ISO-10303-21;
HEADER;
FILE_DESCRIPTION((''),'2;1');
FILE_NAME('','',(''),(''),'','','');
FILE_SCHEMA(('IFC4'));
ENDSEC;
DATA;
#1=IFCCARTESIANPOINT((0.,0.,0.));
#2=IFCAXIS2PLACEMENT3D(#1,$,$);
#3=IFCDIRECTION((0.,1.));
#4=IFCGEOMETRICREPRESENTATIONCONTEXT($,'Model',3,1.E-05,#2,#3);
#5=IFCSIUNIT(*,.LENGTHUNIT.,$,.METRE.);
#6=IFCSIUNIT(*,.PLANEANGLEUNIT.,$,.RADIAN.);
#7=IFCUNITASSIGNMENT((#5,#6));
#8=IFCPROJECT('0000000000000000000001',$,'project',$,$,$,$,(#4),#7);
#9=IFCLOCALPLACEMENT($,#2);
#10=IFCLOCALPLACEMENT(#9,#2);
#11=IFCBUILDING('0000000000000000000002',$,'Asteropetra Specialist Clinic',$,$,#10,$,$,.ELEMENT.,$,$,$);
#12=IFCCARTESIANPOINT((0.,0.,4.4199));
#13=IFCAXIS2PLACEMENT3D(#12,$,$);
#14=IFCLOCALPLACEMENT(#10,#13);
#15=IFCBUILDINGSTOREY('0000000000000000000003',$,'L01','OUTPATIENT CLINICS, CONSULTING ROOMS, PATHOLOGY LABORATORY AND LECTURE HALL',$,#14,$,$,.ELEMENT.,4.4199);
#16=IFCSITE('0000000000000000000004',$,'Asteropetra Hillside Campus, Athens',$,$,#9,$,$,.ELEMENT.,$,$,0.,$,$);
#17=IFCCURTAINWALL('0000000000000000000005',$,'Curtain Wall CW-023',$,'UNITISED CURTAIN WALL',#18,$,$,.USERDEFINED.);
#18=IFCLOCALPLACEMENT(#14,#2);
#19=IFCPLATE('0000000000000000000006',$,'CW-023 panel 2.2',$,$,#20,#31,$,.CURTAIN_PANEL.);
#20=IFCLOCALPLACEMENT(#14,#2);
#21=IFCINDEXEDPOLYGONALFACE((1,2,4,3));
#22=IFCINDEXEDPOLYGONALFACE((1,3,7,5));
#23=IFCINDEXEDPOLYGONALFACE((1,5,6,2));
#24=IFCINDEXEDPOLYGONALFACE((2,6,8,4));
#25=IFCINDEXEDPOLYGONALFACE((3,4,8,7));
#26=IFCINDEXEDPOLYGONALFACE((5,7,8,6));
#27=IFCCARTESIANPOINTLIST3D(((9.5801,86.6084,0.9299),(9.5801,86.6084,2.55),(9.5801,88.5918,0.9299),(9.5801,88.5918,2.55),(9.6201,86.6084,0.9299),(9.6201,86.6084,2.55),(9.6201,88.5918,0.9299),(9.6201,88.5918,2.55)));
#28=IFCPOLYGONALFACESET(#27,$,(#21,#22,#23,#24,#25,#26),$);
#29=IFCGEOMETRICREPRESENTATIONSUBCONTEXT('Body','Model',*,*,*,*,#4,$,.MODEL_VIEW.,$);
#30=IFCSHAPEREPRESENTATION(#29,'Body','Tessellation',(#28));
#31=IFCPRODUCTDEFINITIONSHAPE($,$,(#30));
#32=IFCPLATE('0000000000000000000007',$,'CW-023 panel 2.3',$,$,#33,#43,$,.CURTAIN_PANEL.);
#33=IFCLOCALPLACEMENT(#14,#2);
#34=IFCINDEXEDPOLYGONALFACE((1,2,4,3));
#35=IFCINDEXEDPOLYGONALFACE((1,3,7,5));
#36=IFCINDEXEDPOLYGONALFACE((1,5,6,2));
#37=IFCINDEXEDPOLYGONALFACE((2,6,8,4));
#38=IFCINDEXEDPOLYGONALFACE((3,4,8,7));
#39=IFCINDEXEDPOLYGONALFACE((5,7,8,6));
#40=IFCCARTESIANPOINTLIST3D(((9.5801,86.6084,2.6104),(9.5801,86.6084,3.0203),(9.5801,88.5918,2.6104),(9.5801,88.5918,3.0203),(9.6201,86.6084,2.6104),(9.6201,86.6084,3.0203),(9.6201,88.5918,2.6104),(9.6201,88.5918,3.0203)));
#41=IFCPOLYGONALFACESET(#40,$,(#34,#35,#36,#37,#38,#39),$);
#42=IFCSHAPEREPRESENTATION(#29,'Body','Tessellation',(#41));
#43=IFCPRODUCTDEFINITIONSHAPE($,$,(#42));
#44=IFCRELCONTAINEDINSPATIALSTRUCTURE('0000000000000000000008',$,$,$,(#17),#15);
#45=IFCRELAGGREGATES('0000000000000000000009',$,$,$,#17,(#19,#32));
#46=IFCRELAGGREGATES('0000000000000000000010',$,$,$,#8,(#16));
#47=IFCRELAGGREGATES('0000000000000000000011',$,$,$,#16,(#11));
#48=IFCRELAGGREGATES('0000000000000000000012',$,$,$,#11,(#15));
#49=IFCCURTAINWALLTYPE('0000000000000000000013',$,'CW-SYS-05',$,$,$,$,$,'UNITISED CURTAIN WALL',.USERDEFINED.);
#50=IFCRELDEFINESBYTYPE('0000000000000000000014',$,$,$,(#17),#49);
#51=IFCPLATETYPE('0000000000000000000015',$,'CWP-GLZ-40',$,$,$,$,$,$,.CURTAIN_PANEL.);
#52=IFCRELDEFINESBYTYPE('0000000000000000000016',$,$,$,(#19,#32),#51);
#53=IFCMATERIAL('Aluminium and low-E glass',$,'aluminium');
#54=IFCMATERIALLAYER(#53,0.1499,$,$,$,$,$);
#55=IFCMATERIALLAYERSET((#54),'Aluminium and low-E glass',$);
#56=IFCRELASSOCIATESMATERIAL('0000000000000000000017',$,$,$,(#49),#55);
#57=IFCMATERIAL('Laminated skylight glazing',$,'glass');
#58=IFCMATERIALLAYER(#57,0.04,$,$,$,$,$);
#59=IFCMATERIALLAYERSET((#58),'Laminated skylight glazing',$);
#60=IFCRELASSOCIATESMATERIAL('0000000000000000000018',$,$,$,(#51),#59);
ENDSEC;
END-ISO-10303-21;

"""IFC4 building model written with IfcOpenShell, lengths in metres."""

from ifc_helpers import new_model, si_unit, direction, frame, origin, origin_2d, place, context, subcontext, project, spatial, rectangle, extrude, material, layer, layer_set, type_object, element, aggregate, save


model = new_model("IFC4")

# Units and contexts
model_context = context("Model", 3, precision=1e-05, world=origin(), true_north=direction((0.0, 1.0)))
body_context = subcontext(model_context, "Body", "Model", "MODEL_VIEW")
ifc_project = project(units=[si_unit("LENGTHUNIT", "METRE"), si_unit("PLANEANGLEUNIT", "RADIAN")], contexts=[model_context])

# Site, building, storey
site_placement = place(None, origin())
site = spatial("IfcSite", under=ifc_project, at=site_placement, Name="Asteropetra Hillside Campus, Athens", CompositionType="ELEMENT", RefElevation=0.0)
building_placement = place(site_placement, origin())
building = spatial("IfcBuilding", under=site, at=building_placement, Name="Asteropetra Specialist Clinic", CompositionType="ELEMENT")
storey_placement = place(building_placement, frame((0.0, 0.0, 4.4199)))
storey = spatial("IfcBuildingStorey", under=building, at=storey_placement, Name="L01", Description="OUTPATIENT CLINICS, CONSULTING ROOMS, PATHOLOGY LABORATORY AND LECTURE HALL", CompositionType="ELEMENT", Elevation=4.4199)

# Curtain wall
ifc_material_1 = material(Name="Aluminium and low-E glass", Category="aluminium")
ifc_layer_1 = layer(ifc_material_1, 0.1499)
ifc_layer_set_1 = layer_set([ifc_layer_1], Name="Aluminium and low-E glass")
curtain_wall_type = type_object("IfcCurtainWallType", Name="CW-SYS-05", ElementType="UNITISED CURTAIN WALL", PredefinedType="USERDEFINED", material=ifc_layer_set_1)
curtain_wall_1_placement = place(storey_placement, origin())
curtain_wall_1 = element("IfcCurtainWall", 1, at=curtain_wall_1_placement, inside=storey, type_object=curtain_wall_type, Name="Curtain Wall CW-023", ObjectType="UNITISED CURTAIN WALL", PredefinedType="USERDEFINED")

# Plates
ifc_material_2 = material(Name="Laminated skylight glazing", Category="glass")
ifc_layer_2 = layer(ifc_material_2, 0.04)
ifc_layer_set_2 = layer_set([ifc_layer_2], Name="Laminated skylight glazing")
plate_type = type_object("IfcPlateType", Name="CWP-GLZ-40", PredefinedType="CURTAIN_PANEL", material=ifc_layer_set_2)
plate_1_placement = place(storey_placement, frame((9.6001, 87.6001, 0.9299), z_axis=(0.0, 0.0, 1.0), x_axis=(0.0, -1.0, 0.0)))
plate_1 = element("IfcPlate", 2, at=plate_1_placement, type_object=plate_type, Name="CW-023 panel 2.2", PredefinedType="CURTAIN_PANEL", context=body_context, shape_type="SweptSolid", body=[
    extrude(rectangle(XDim=1.9834, YDim=0.04, at=origin_2d()), origin(), (0.0, 0.0, 1.0), 1.6201),
])
plate_2_placement = place(storey_placement, frame((9.6001, 87.6001, 2.6104), z_axis=(0.0, 0.0, 1.0), x_axis=(0.0, -1.0, 0.0)))
plate_2 = element("IfcPlate", 3, at=plate_2_placement, type_object=plate_type, Name="CW-023 panel 2.3", PredefinedType="CURTAIN_PANEL", context=body_context, shape_type="SweptSolid", body=[
    extrude(rectangle(XDim=1.9834, YDim=0.04, at=origin_2d()), origin(), (0.0, 0.0, 1.0), 0.4099),
])
aggregate(curtain_wall_1, [plate_1, plate_2])

save(model, "model.ifc")
